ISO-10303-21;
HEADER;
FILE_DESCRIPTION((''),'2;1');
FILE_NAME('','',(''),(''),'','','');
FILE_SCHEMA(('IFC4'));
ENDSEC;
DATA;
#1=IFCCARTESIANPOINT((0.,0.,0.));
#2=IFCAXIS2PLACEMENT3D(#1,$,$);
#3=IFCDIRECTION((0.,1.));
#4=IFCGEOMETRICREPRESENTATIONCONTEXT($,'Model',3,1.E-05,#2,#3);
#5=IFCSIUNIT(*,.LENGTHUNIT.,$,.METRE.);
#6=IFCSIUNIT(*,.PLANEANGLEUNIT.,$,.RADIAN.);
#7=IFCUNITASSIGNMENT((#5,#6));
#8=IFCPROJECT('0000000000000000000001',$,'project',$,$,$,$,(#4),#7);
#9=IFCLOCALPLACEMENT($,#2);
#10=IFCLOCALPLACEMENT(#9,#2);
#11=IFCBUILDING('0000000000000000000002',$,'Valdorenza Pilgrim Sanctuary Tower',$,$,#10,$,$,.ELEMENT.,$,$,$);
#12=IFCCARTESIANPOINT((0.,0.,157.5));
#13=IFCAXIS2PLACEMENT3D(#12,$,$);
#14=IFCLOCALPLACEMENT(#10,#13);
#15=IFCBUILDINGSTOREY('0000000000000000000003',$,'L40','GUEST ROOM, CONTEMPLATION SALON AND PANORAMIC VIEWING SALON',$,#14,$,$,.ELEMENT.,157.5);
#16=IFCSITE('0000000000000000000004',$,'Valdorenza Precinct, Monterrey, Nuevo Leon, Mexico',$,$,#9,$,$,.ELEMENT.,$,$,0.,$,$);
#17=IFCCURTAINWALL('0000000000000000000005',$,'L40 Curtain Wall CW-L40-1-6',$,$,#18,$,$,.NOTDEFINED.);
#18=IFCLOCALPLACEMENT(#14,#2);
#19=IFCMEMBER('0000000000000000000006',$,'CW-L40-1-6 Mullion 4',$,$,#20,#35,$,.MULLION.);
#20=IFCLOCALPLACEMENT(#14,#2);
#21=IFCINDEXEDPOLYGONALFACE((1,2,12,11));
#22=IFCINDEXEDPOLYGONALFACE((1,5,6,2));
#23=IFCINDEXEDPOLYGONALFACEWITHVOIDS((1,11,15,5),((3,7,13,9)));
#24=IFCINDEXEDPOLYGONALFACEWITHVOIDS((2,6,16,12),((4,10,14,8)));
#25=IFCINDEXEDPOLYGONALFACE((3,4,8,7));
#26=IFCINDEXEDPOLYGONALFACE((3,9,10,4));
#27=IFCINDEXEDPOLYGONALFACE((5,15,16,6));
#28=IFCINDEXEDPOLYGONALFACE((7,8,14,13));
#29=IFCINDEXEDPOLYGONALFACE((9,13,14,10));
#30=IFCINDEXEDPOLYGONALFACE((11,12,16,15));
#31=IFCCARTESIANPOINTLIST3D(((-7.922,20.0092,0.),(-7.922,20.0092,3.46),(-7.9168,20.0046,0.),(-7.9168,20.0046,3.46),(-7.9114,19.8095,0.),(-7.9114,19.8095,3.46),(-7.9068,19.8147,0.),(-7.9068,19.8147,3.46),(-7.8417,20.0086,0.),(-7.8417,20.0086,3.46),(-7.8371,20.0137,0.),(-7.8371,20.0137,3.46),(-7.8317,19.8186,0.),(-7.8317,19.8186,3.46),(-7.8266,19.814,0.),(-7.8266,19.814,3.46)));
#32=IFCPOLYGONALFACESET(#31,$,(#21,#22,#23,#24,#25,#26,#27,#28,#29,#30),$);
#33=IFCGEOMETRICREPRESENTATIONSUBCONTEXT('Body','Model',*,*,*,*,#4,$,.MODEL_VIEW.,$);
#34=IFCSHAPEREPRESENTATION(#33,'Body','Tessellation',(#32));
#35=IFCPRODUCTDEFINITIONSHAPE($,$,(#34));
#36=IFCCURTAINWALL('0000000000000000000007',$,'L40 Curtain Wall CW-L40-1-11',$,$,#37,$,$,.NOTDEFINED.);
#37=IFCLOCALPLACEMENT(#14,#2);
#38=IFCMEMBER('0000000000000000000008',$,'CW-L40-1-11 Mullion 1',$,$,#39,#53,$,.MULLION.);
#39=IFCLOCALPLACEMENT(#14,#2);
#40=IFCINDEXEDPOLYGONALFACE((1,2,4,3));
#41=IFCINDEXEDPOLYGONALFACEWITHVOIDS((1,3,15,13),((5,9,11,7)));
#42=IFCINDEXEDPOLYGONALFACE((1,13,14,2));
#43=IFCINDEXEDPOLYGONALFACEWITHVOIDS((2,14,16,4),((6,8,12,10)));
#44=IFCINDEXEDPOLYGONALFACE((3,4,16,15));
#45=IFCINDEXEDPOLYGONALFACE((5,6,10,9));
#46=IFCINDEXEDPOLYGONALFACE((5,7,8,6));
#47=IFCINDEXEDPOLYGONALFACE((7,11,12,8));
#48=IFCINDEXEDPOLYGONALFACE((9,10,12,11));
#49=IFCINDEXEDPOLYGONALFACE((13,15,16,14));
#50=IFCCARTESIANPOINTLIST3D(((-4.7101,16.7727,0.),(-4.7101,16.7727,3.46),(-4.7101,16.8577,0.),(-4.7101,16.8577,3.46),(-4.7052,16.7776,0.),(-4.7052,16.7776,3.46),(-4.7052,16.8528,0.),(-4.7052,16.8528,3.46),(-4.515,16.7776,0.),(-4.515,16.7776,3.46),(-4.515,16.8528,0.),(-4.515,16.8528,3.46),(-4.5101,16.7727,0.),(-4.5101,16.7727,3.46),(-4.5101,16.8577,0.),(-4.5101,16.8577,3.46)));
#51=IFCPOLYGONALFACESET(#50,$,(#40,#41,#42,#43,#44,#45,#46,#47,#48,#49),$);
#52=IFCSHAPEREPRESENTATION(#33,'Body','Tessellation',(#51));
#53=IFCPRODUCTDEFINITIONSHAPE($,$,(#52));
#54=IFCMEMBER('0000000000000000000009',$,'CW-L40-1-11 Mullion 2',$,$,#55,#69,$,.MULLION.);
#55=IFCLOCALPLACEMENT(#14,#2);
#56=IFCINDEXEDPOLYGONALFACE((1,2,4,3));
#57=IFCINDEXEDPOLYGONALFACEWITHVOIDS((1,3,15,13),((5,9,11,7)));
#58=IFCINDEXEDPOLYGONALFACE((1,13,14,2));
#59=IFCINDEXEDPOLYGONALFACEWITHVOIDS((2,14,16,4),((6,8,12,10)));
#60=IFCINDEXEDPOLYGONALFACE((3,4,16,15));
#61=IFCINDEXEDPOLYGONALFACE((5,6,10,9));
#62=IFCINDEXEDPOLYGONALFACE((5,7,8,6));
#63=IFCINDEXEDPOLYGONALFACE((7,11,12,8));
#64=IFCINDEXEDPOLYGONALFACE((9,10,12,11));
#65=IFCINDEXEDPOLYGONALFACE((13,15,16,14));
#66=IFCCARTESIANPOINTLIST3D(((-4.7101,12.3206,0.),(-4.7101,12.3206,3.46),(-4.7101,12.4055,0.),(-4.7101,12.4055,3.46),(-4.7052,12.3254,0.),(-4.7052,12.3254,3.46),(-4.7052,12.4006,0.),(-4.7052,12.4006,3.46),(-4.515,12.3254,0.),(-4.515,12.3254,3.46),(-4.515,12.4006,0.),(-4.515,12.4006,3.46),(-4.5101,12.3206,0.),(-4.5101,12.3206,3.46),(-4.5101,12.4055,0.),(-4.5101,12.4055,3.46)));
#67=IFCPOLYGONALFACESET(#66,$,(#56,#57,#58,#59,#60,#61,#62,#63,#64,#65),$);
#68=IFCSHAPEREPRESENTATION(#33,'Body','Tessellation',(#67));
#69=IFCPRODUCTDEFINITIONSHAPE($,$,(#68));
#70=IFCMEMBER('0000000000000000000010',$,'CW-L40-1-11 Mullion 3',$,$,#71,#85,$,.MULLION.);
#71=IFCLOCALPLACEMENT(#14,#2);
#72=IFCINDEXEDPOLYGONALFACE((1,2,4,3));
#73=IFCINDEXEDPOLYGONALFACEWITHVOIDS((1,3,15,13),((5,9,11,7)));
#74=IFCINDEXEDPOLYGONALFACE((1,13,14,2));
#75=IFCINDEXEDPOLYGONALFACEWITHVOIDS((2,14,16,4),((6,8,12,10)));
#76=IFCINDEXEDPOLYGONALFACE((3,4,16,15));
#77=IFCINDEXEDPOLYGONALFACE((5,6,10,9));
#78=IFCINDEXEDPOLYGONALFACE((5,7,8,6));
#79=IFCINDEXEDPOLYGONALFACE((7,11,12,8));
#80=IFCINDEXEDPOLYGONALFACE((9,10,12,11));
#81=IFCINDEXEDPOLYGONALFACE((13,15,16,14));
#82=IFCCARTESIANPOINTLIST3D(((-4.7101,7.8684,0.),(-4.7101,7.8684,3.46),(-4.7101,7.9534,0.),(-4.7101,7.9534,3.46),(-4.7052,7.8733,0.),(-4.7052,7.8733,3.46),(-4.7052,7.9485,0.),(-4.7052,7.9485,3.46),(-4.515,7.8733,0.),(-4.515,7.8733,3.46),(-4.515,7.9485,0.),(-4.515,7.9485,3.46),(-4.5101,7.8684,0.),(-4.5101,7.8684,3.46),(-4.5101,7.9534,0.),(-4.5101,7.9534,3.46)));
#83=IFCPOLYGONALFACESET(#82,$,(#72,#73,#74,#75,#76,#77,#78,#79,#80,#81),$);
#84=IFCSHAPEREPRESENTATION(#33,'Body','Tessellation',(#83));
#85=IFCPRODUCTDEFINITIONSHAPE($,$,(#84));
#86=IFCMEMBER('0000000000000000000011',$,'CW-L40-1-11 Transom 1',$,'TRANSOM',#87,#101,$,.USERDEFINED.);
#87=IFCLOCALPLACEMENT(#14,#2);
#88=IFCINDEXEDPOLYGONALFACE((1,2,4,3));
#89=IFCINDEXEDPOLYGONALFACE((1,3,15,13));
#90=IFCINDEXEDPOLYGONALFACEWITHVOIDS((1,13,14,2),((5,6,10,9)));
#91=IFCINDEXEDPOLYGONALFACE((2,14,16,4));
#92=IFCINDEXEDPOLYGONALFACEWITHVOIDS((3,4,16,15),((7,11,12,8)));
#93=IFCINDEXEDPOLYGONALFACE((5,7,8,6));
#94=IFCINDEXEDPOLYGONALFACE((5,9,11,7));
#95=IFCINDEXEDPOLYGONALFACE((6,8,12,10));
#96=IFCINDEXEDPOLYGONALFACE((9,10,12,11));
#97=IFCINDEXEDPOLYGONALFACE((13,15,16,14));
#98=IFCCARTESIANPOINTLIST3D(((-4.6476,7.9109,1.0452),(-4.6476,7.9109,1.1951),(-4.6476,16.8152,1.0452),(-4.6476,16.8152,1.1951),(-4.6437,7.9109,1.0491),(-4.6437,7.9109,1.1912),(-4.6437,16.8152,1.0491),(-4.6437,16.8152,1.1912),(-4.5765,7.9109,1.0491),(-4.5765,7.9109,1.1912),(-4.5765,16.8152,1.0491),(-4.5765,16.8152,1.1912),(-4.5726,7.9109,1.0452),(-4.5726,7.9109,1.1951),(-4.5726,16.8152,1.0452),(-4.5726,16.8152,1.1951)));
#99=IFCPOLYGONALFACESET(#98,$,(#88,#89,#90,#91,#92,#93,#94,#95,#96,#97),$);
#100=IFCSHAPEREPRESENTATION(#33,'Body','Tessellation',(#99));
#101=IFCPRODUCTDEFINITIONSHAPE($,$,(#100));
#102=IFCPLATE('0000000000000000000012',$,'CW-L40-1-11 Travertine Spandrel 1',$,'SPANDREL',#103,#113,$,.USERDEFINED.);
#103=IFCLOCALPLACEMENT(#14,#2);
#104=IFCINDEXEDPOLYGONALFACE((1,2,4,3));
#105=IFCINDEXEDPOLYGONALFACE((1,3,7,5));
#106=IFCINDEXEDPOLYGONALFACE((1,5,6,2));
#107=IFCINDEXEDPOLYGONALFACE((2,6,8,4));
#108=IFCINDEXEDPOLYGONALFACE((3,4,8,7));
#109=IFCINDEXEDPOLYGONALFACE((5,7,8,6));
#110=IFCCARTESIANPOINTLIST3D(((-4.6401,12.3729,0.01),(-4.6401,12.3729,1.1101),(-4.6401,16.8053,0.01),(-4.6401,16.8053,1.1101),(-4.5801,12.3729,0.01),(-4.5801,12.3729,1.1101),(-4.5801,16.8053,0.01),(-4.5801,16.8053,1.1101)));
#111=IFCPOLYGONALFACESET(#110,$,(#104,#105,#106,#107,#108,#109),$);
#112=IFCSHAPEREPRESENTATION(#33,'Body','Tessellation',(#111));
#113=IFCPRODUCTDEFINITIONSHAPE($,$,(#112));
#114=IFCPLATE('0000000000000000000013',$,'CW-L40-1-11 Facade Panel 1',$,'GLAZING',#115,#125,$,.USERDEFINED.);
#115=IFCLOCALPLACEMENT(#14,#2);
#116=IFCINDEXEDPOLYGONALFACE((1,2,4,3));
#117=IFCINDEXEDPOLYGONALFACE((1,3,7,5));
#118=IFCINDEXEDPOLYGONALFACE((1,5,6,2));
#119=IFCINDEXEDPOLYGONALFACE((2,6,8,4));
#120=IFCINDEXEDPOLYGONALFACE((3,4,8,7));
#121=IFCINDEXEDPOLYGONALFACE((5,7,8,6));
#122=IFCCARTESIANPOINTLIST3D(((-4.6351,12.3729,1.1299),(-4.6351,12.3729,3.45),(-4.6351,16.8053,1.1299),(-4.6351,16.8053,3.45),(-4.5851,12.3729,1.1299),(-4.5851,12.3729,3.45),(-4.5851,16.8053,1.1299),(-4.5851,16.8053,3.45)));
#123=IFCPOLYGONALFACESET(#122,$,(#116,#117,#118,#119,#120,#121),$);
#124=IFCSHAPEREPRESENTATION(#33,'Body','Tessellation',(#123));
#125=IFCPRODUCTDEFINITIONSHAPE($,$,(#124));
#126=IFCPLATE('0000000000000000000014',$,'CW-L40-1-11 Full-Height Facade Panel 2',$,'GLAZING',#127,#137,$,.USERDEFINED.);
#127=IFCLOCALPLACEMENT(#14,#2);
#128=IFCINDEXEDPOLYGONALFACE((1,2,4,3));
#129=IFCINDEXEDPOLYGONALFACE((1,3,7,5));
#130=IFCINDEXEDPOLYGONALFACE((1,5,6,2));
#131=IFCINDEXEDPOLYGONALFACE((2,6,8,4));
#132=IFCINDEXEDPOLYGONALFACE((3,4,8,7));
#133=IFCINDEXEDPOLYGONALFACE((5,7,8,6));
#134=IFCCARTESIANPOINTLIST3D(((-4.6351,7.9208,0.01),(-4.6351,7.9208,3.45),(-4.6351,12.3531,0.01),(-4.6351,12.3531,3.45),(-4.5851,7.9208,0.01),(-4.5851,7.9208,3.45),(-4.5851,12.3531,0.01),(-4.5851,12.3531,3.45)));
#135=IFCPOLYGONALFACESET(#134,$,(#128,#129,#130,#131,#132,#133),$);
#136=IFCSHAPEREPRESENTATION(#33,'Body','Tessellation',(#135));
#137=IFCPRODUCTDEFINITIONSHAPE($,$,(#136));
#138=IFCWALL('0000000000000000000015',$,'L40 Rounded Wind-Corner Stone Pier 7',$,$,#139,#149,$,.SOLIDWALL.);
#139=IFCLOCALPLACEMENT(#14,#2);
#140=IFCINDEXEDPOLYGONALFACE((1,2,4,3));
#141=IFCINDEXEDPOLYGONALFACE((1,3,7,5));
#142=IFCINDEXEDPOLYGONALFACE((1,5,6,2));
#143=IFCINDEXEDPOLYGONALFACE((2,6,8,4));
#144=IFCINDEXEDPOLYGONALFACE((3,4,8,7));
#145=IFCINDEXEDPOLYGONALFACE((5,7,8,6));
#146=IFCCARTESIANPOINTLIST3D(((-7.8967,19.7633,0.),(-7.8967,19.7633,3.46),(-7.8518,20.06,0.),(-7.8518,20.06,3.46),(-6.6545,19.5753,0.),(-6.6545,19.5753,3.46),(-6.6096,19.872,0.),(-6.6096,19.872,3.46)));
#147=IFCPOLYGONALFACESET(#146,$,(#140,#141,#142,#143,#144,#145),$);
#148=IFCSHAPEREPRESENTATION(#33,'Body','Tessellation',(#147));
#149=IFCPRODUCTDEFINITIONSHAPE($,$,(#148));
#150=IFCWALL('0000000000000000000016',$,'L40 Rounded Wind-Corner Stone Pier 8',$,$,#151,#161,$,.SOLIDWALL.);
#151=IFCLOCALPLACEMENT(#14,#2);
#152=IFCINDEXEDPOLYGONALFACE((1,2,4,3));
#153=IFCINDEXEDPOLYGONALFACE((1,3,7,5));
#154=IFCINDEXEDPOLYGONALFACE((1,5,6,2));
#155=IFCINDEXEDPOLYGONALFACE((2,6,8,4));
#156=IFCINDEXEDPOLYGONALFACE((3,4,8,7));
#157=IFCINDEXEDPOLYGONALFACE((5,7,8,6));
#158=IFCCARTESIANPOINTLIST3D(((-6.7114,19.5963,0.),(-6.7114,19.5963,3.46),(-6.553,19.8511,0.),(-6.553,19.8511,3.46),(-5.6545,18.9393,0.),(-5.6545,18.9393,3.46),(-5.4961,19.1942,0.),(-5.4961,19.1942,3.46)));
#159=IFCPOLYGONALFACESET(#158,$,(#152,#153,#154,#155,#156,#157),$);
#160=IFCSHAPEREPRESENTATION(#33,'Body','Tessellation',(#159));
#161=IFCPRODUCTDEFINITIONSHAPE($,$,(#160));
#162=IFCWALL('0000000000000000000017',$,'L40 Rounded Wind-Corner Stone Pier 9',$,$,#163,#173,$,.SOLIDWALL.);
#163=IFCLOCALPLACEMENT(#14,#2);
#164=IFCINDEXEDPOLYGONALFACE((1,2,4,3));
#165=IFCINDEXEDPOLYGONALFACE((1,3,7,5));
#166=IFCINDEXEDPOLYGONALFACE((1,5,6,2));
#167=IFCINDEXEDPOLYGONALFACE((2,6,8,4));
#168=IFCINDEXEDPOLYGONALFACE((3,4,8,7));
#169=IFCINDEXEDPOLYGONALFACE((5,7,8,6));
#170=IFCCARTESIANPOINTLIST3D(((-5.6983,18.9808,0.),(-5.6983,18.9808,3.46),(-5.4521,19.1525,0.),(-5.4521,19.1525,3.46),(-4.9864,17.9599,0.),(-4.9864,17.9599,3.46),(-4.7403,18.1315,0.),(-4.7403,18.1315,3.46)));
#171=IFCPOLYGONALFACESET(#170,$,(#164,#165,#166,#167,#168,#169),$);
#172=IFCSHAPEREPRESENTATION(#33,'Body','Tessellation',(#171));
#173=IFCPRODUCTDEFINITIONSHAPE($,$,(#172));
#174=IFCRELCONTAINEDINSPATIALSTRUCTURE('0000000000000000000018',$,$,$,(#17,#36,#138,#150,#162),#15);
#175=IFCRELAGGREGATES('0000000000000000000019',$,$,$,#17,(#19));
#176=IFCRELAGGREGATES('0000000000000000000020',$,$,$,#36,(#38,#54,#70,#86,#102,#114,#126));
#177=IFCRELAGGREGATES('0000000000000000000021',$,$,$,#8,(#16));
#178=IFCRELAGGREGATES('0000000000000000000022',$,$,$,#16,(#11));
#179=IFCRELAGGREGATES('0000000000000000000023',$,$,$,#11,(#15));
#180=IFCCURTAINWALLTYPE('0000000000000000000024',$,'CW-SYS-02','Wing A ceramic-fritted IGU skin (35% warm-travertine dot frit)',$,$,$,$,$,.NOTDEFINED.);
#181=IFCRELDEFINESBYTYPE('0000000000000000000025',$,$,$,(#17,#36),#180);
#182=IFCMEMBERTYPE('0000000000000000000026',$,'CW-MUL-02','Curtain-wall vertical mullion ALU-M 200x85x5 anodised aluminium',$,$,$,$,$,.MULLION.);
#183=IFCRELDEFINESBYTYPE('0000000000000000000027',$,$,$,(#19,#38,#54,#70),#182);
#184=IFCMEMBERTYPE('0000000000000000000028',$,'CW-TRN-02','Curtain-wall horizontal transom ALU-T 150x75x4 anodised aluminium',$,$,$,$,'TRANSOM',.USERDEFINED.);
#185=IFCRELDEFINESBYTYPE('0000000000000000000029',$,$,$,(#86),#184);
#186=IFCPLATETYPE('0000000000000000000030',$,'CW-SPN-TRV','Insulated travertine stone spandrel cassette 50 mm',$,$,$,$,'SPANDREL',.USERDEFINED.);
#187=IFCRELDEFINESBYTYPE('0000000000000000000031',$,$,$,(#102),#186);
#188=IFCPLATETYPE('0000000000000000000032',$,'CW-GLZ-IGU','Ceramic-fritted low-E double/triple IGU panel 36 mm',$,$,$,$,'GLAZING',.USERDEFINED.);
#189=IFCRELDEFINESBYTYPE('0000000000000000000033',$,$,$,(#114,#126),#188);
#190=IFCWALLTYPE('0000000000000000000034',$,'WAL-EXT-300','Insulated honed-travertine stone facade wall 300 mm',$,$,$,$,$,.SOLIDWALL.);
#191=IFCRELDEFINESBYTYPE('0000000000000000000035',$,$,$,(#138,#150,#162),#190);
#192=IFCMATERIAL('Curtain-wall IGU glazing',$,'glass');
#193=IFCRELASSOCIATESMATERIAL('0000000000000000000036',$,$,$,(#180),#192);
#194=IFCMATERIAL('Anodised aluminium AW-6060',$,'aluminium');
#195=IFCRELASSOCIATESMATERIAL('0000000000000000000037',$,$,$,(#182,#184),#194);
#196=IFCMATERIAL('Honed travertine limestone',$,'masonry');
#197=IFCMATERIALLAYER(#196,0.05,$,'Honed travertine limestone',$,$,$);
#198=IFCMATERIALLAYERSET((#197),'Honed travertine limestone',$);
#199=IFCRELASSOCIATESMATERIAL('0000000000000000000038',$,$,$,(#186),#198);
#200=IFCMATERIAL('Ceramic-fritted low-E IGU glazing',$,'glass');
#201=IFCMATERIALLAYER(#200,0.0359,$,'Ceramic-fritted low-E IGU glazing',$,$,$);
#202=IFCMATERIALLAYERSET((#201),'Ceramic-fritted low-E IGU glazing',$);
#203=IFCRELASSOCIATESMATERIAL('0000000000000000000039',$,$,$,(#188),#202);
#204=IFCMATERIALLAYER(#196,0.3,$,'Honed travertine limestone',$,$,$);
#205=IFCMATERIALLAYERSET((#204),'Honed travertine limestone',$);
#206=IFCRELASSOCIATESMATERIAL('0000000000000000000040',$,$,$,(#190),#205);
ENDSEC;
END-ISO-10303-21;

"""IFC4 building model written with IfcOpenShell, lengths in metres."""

from ifc_helpers import new_model, si_unit, direction, frame, frame_2d, origin, origin_2d, place, context, subcontext, project, spatial, rectangle, hollow_rectangle, extrude, source, transform, mapped, material, layer, layer_set, material_profile, profile_set, type_object, element, aggregate, save


model = new_model("IFC4")

# Units and contexts
model_context = context("Model", 3, precision=1e-05, world=origin(), true_north=direction((0.0, 1.0)))
body_context = subcontext(model_context, "Body", "Model", "MODEL_VIEW")
ifc_project = project(units=[si_unit("LENGTHUNIT", "METRE"), si_unit("PLANEANGLEUNIT", "RADIAN")], contexts=[model_context])

# Site, building, storey
site_placement = place(None, origin())
site = spatial("IfcSite", under=ifc_project, at=site_placement, Name="Valdorenza Precinct, Monterrey, Nuevo Leon, Mexico", CompositionType="ELEMENT", RefElevation=0.0)
building_placement = place(site_placement, origin())
building = spatial("IfcBuilding", under=site, at=building_placement, Name="Valdorenza Pilgrim Sanctuary Tower", CompositionType="ELEMENT")
storey_placement = place(building_placement, frame((0.0, 0.0, 157.5)))
storey = spatial("IfcBuildingStorey", under=building, at=storey_placement, Name="L40", Description="GUEST ROOM, CONTEMPLATION SALON AND PANORAMIC VIEWING SALON", CompositionType="ELEMENT", Elevation=157.5)

# Curtain wall, member
ifc_material_1 = material(Name="Curtain-wall IGU glazing", Category="glass")
curtain_wall_type = type_object("IfcCurtainWallType", Name="CW-SYS-02", Description="Wing A ceramic-fritted IGU skin (35% warm-travertine dot frit)", PredefinedType="NOTDEFINED", material=ifc_material_1)
curtain_wall_1_placement = place(storey_placement, origin())
curtain_wall_1 = element("IfcCurtainWall", 1, at=curtain_wall_1_placement, inside=storey, type_object=curtain_wall_type, Name="L40 Curtain Wall CW-L40-1-6", PredefinedType="NOTDEFINED")
ifc_material_2 = material(Name="Anodised aluminium AW-6060", Category="aluminium")
ifc_material_profile_1 = material_profile(ifc_material_2, hollow_rectangle(XDim=0.085, YDim=0.2, WallThickness=0.0049, at=origin_2d()), Name="ALU-M 200x85x5")
ifc_profile_set_1 = profile_set([ifc_material_profile_1], Name="Anodised aluminium AW-6060")
member_type_1 = type_object("IfcMemberType", Name="CW-MUL-02", Description="Curtain-wall vertical mullion ALU-M 200x85x5 anodised aluminium", PredefinedType="MULLION", material=ifc_profile_set_1)
shared_shape_1 = source(origin(), body_context, "Body", "SweptSolid", [
    extrude(hollow_rectangle(XDim=0.085, YDim=0.2, WallThickness=0.0049, at=origin_2d()), origin(), (0.0, 0.0, 1.0), 3.46),
])
member_1_placement = place(storey_placement, frame((-7.8743, 19.9116, 0.0), z_axis=(0.0, 0.0, 1.0), x_axis=(0.998608, 0.052754, 0.0)))
member_1 = element("IfcMember", 2, at=member_1_placement, type_object=member_type_1, Name="CW-L40-1-6 Mullion 4", PredefinedType="MULLION", context=body_context, shape_type="MappedRepresentation", body=[
    mapped(shared_shape_1, transform((0.0, 0.0, 0.0), x_axis=(1.0, 0.0, 0.0), y_axis=(0.0, 1.0, 0.0), z_axis=(0.0, 0.0, 1.0), scale=1.0)),
])
aggregate(curtain_wall_1, [member_1])

# Curtain wall, members, plates
curtain_wall_2_placement = place(storey_placement, origin())
curtain_wall_2 = element("IfcCurtainWall", 3, at=curtain_wall_2_placement, inside=storey, type_object=curtain_wall_type, Name="L40 Curtain Wall CW-L40-1-11", PredefinedType="NOTDEFINED")
member_2_placement = place(storey_placement, frame((-4.6101, 16.8152, 0.0), z_axis=(0.0, 0.0, 1.0), x_axis=(0.0, -1.0, 0.0)))
member_2 = element("IfcMember", 4, at=member_2_placement, type_object=member_type_1, Name="CW-L40-1-11 Mullion 1", PredefinedType="MULLION", context=body_context, shape_type="MappedRepresentation", body=[
    mapped(shared_shape_1, transform((0.0, 0.0, 0.0), x_axis=(1.0, 0.0, 0.0), y_axis=(0.0, 1.0, 0.0), z_axis=(0.0, 0.0, 1.0), scale=1.0)),
])
member_3_placement = place(storey_placement, frame((-4.6101, 12.363, 0.0), z_axis=(0.0, 0.0, 1.0), x_axis=(0.0, -1.0, 0.0)))
member_3 = element("IfcMember", 5, at=member_3_placement, type_object=member_type_1, Name="CW-L40-1-11 Mullion 2", PredefinedType="MULLION", context=body_context, shape_type="MappedRepresentation", body=[
    mapped(shared_shape_1, transform((0.0, 0.0, 0.0), x_axis=(1.0, 0.0, 0.0), y_axis=(0.0, 1.0, 0.0), z_axis=(0.0, 0.0, 1.0), scale=1.0)),
])
member_4_placement = place(storey_placement, frame((-4.6101, 7.9109, 0.0), z_axis=(0.0, 0.0, 1.0), x_axis=(0.0, -1.0, 0.0)))
member_4 = element("IfcMember", 6, at=member_4_placement, type_object=member_type_1, Name="CW-L40-1-11 Mullion 3", PredefinedType="MULLION", context=body_context, shape_type="MappedRepresentation", body=[
    mapped(shared_shape_1, transform((0.0, 0.0, 0.0), x_axis=(1.0, 0.0, 0.0), y_axis=(0.0, 1.0, 0.0), z_axis=(0.0, 0.0, 1.0), scale=1.0)),
])
ifc_material_profile_2 = material_profile(ifc_material_2, hollow_rectangle(XDim=0.075, YDim=0.1499, WallThickness=0.0039, at=origin_2d()), Name="ALU-T 150x75x4")
ifc_profile_set_2 = profile_set([ifc_material_profile_2], Name="Anodised aluminium AW-6060")
member_type_2 = type_object("IfcMemberType", Name="CW-TRN-02", Description="Curtain-wall horizontal transom ALU-T 150x75x4 anodised aluminium", ElementType="TRANSOM", PredefinedType="USERDEFINED", material=ifc_profile_set_2)
shared_shape_2 = source(origin(), body_context, "Body", "SweptSolid", [
    extrude(hollow_rectangle(XDim=0.075, YDim=0.1499, WallThickness=0.0039, at=origin_2d()), origin(), (0.0, 0.0, 1.0), 8.9043),
])
member_5_placement = place(storey_placement, frame((-4.6101, 16.8152, 1.1201), z_axis=(0.0, -1.0, 0.0), x_axis=(1.0, 0.0, 0.0)))
member_5 = element("IfcMember", 7, at=member_5_placement, type_object=member_type_2, Name="CW-L40-1-11 Transom 1", ObjectType="TRANSOM", PredefinedType="USERDEFINED", context=body_context, shape_type="MappedRepresentation", body=[
    mapped(shared_shape_2, transform((0.0, 0.0, 0.0), x_axis=(1.0, 0.0, 0.0), y_axis=(0.0, 1.0, 0.0), z_axis=(0.0, 0.0, 1.0), scale=1.0)),
])
ifc_material_3 = material(Name="Honed travertine limestone", Category="masonry")
ifc_layer_1 = layer(ifc_material_3, 0.05, Name="Honed travertine limestone")
ifc_layer_set_1 = layer_set([ifc_layer_1], Name="Honed travertine limestone")
plate_type_1 = type_object("IfcPlateType", Name="CW-SPN-TRV", Description="Insulated travertine stone spandrel cassette 50 mm", ElementType="SPANDREL", PredefinedType="USERDEFINED", material=ifc_layer_set_1)
shared_shape_3 = source(origin(), body_context, "Body", "SweptSolid", [
    extrude(rectangle(XDim=4.4324, YDim=0.0601, at=origin_2d()), origin(), (0.0, 0.0, 1.0), 1.1001),
])
plate_1_placement = place(storey_placement, frame((-4.6101, 14.5891, 0.01), z_axis=(0.0, 0.0, 1.0), x_axis=(0.0, -1.0, 0.0)))
plate_1 = element("IfcPlate", 8, at=plate_1_placement, type_object=plate_type_1, Name="CW-L40-1-11 Travertine Spandrel 1", ObjectType="SPANDREL", PredefinedType="USERDEFINED", context=body_context, shape_type="MappedRepresentation", body=[
    mapped(shared_shape_3, transform((0.0, 0.0, 0.0), x_axis=(1.0, 0.0, 0.0), y_axis=(0.0, 1.0, 0.0), z_axis=(0.0, 0.0, 1.0), scale=1.0)),
])
ifc_material_4 = material(Name="Ceramic-fritted low-E IGU glazing", Category="glass")
ifc_layer_2 = layer(ifc_material_4, 0.0359, Name="Ceramic-fritted low-E IGU glazing")
ifc_layer_set_2 = layer_set([ifc_layer_2], Name="Ceramic-fritted low-E IGU glazing")
plate_type_2 = type_object("IfcPlateType", Name="CW-GLZ-IGU", Description="Ceramic-fritted low-E double/triple IGU panel 36 mm", ElementType="GLAZING", PredefinedType="USERDEFINED", material=ifc_layer_set_2)
shared_shape_4 = source(origin(), body_context, "Body", "SweptSolid", [
    extrude(rectangle(XDim=4.4324, YDim=0.05, at=origin_2d()), origin(), (0.0, 0.0, 1.0), 2.3201),
])
plate_2_placement = place(storey_placement, frame((-4.6101, 14.5891, 1.1299), z_axis=(0.0, 0.0, 1.0), x_axis=(0.0, -1.0, 0.0)))
plate_2 = element("IfcPlate", 9, at=plate_2_placement, type_object=plate_type_2, Name="CW-L40-1-11 Facade Panel 1", ObjectType="GLAZING", PredefinedType="USERDEFINED", context=body_context, shape_type="MappedRepresentation", body=[
    mapped(shared_shape_4, transform((0.0, 0.0, 0.0), x_axis=(1.0, 0.0, 0.0), y_axis=(0.0, 1.0, 0.0), z_axis=(0.0, 0.0, 1.0), scale=1.0)),
])
shared_shape_5 = source(origin(), body_context, "Body", "SweptSolid", [
    extrude(rectangle(XDim=4.4324, YDim=0.05, at=origin_2d()), origin(), (0.0, 0.0, 1.0), 3.4399),
])
plate_3_placement = place(storey_placement, frame((-4.6101, 10.137, 0.01), z_axis=(0.0, 0.0, 1.0), x_axis=(0.0, -1.0, 0.0)))
plate_3 = element("IfcPlate", 10, at=plate_3_placement, type_object=plate_type_2, Name="CW-L40-1-11 Full-Height Facade Panel 2", ObjectType="GLAZING", PredefinedType="USERDEFINED", context=body_context, shape_type="MappedRepresentation", body=[
    mapped(shared_shape_5, transform((0.0, 0.0, 0.0), x_axis=(1.0, 0.0, 0.0), y_axis=(0.0, 1.0, 0.0), z_axis=(0.0, 0.0, 1.0), scale=1.0)),
])
aggregate(curtain_wall_2, [member_2, member_3, member_4, member_5, plate_1, plate_2, plate_3])

# Walls
ifc_layer_3 = layer(ifc_material_3, 0.3, Name="Honed travertine limestone")
ifc_layer_set_3 = layer_set([ifc_layer_3], Name="Honed travertine limestone")
wall_type_1 = type_object("IfcWallType", Name="WAL-EXT-300", Description="Insulated honed-travertine stone facade wall 300 mm", PredefinedType="SOLIDWALL", material=ifc_layer_set_3)
wall_1_placement = place(storey_placement, frame((-7.8743, 19.9116, 0.0), z_axis=(0.0, 0.0, 1.0), x_axis=(0.988742, -0.149633, 0.0)))
element("IfcWall", 11, at=wall_1_placement, inside=storey, type_object=wall_type_1, Name="L40 Rounded Wind-Corner Stone Pier 7", PredefinedType="SOLIDWALL", context=body_context, shape_type="SweptSolid", body=[
    extrude(rectangle(XDim=1.2563, YDim=0.3, at=frame_2d((0.6282, 0.0))), origin(), (0.0, 0.0, 1.0), 3.46),
])
wall_2_placement = place(storey_placement, frame((-6.6321, 19.7236, 0.0), z_axis=(0.0, 0.0, 1.0), x_axis=(0.849285, -0.527934, 0.0)))
element("IfcWall", 12, at=wall_2_placement, inside=storey, type_object=wall_type_1, Name="L40 Rounded Wind-Corner Stone Pier 8", PredefinedType="SOLIDWALL", context=body_context, shape_type="SweptSolid", body=[
    extrude(rectangle(XDim=1.2444, YDim=0.3, at=frame_2d((0.6221, 0.0))), origin(), (0.0, 0.0, 1.0), 3.46),
])
wall_3_placement = place(storey_placement, frame((-5.5752, 19.0667, 0.0), z_axis=(0.0, 0.0, 1.0), x_axis=(0.571961, -0.820281, 0.0)))
element("IfcWall", 13, at=wall_3_placement, inside=storey, type_object=wall_type_1, Name="L40 Rounded Wind-Corner Stone Pier 9", PredefinedType="SOLIDWALL", context=body_context, shape_type="SweptSolid", body=[
    extrude(rectangle(XDim=1.2446, YDim=0.3, at=frame_2d((0.6223, 0.0))), origin(), (0.0, 0.0, 1.0), 3.46),
])

save(model, "model.ifc")
